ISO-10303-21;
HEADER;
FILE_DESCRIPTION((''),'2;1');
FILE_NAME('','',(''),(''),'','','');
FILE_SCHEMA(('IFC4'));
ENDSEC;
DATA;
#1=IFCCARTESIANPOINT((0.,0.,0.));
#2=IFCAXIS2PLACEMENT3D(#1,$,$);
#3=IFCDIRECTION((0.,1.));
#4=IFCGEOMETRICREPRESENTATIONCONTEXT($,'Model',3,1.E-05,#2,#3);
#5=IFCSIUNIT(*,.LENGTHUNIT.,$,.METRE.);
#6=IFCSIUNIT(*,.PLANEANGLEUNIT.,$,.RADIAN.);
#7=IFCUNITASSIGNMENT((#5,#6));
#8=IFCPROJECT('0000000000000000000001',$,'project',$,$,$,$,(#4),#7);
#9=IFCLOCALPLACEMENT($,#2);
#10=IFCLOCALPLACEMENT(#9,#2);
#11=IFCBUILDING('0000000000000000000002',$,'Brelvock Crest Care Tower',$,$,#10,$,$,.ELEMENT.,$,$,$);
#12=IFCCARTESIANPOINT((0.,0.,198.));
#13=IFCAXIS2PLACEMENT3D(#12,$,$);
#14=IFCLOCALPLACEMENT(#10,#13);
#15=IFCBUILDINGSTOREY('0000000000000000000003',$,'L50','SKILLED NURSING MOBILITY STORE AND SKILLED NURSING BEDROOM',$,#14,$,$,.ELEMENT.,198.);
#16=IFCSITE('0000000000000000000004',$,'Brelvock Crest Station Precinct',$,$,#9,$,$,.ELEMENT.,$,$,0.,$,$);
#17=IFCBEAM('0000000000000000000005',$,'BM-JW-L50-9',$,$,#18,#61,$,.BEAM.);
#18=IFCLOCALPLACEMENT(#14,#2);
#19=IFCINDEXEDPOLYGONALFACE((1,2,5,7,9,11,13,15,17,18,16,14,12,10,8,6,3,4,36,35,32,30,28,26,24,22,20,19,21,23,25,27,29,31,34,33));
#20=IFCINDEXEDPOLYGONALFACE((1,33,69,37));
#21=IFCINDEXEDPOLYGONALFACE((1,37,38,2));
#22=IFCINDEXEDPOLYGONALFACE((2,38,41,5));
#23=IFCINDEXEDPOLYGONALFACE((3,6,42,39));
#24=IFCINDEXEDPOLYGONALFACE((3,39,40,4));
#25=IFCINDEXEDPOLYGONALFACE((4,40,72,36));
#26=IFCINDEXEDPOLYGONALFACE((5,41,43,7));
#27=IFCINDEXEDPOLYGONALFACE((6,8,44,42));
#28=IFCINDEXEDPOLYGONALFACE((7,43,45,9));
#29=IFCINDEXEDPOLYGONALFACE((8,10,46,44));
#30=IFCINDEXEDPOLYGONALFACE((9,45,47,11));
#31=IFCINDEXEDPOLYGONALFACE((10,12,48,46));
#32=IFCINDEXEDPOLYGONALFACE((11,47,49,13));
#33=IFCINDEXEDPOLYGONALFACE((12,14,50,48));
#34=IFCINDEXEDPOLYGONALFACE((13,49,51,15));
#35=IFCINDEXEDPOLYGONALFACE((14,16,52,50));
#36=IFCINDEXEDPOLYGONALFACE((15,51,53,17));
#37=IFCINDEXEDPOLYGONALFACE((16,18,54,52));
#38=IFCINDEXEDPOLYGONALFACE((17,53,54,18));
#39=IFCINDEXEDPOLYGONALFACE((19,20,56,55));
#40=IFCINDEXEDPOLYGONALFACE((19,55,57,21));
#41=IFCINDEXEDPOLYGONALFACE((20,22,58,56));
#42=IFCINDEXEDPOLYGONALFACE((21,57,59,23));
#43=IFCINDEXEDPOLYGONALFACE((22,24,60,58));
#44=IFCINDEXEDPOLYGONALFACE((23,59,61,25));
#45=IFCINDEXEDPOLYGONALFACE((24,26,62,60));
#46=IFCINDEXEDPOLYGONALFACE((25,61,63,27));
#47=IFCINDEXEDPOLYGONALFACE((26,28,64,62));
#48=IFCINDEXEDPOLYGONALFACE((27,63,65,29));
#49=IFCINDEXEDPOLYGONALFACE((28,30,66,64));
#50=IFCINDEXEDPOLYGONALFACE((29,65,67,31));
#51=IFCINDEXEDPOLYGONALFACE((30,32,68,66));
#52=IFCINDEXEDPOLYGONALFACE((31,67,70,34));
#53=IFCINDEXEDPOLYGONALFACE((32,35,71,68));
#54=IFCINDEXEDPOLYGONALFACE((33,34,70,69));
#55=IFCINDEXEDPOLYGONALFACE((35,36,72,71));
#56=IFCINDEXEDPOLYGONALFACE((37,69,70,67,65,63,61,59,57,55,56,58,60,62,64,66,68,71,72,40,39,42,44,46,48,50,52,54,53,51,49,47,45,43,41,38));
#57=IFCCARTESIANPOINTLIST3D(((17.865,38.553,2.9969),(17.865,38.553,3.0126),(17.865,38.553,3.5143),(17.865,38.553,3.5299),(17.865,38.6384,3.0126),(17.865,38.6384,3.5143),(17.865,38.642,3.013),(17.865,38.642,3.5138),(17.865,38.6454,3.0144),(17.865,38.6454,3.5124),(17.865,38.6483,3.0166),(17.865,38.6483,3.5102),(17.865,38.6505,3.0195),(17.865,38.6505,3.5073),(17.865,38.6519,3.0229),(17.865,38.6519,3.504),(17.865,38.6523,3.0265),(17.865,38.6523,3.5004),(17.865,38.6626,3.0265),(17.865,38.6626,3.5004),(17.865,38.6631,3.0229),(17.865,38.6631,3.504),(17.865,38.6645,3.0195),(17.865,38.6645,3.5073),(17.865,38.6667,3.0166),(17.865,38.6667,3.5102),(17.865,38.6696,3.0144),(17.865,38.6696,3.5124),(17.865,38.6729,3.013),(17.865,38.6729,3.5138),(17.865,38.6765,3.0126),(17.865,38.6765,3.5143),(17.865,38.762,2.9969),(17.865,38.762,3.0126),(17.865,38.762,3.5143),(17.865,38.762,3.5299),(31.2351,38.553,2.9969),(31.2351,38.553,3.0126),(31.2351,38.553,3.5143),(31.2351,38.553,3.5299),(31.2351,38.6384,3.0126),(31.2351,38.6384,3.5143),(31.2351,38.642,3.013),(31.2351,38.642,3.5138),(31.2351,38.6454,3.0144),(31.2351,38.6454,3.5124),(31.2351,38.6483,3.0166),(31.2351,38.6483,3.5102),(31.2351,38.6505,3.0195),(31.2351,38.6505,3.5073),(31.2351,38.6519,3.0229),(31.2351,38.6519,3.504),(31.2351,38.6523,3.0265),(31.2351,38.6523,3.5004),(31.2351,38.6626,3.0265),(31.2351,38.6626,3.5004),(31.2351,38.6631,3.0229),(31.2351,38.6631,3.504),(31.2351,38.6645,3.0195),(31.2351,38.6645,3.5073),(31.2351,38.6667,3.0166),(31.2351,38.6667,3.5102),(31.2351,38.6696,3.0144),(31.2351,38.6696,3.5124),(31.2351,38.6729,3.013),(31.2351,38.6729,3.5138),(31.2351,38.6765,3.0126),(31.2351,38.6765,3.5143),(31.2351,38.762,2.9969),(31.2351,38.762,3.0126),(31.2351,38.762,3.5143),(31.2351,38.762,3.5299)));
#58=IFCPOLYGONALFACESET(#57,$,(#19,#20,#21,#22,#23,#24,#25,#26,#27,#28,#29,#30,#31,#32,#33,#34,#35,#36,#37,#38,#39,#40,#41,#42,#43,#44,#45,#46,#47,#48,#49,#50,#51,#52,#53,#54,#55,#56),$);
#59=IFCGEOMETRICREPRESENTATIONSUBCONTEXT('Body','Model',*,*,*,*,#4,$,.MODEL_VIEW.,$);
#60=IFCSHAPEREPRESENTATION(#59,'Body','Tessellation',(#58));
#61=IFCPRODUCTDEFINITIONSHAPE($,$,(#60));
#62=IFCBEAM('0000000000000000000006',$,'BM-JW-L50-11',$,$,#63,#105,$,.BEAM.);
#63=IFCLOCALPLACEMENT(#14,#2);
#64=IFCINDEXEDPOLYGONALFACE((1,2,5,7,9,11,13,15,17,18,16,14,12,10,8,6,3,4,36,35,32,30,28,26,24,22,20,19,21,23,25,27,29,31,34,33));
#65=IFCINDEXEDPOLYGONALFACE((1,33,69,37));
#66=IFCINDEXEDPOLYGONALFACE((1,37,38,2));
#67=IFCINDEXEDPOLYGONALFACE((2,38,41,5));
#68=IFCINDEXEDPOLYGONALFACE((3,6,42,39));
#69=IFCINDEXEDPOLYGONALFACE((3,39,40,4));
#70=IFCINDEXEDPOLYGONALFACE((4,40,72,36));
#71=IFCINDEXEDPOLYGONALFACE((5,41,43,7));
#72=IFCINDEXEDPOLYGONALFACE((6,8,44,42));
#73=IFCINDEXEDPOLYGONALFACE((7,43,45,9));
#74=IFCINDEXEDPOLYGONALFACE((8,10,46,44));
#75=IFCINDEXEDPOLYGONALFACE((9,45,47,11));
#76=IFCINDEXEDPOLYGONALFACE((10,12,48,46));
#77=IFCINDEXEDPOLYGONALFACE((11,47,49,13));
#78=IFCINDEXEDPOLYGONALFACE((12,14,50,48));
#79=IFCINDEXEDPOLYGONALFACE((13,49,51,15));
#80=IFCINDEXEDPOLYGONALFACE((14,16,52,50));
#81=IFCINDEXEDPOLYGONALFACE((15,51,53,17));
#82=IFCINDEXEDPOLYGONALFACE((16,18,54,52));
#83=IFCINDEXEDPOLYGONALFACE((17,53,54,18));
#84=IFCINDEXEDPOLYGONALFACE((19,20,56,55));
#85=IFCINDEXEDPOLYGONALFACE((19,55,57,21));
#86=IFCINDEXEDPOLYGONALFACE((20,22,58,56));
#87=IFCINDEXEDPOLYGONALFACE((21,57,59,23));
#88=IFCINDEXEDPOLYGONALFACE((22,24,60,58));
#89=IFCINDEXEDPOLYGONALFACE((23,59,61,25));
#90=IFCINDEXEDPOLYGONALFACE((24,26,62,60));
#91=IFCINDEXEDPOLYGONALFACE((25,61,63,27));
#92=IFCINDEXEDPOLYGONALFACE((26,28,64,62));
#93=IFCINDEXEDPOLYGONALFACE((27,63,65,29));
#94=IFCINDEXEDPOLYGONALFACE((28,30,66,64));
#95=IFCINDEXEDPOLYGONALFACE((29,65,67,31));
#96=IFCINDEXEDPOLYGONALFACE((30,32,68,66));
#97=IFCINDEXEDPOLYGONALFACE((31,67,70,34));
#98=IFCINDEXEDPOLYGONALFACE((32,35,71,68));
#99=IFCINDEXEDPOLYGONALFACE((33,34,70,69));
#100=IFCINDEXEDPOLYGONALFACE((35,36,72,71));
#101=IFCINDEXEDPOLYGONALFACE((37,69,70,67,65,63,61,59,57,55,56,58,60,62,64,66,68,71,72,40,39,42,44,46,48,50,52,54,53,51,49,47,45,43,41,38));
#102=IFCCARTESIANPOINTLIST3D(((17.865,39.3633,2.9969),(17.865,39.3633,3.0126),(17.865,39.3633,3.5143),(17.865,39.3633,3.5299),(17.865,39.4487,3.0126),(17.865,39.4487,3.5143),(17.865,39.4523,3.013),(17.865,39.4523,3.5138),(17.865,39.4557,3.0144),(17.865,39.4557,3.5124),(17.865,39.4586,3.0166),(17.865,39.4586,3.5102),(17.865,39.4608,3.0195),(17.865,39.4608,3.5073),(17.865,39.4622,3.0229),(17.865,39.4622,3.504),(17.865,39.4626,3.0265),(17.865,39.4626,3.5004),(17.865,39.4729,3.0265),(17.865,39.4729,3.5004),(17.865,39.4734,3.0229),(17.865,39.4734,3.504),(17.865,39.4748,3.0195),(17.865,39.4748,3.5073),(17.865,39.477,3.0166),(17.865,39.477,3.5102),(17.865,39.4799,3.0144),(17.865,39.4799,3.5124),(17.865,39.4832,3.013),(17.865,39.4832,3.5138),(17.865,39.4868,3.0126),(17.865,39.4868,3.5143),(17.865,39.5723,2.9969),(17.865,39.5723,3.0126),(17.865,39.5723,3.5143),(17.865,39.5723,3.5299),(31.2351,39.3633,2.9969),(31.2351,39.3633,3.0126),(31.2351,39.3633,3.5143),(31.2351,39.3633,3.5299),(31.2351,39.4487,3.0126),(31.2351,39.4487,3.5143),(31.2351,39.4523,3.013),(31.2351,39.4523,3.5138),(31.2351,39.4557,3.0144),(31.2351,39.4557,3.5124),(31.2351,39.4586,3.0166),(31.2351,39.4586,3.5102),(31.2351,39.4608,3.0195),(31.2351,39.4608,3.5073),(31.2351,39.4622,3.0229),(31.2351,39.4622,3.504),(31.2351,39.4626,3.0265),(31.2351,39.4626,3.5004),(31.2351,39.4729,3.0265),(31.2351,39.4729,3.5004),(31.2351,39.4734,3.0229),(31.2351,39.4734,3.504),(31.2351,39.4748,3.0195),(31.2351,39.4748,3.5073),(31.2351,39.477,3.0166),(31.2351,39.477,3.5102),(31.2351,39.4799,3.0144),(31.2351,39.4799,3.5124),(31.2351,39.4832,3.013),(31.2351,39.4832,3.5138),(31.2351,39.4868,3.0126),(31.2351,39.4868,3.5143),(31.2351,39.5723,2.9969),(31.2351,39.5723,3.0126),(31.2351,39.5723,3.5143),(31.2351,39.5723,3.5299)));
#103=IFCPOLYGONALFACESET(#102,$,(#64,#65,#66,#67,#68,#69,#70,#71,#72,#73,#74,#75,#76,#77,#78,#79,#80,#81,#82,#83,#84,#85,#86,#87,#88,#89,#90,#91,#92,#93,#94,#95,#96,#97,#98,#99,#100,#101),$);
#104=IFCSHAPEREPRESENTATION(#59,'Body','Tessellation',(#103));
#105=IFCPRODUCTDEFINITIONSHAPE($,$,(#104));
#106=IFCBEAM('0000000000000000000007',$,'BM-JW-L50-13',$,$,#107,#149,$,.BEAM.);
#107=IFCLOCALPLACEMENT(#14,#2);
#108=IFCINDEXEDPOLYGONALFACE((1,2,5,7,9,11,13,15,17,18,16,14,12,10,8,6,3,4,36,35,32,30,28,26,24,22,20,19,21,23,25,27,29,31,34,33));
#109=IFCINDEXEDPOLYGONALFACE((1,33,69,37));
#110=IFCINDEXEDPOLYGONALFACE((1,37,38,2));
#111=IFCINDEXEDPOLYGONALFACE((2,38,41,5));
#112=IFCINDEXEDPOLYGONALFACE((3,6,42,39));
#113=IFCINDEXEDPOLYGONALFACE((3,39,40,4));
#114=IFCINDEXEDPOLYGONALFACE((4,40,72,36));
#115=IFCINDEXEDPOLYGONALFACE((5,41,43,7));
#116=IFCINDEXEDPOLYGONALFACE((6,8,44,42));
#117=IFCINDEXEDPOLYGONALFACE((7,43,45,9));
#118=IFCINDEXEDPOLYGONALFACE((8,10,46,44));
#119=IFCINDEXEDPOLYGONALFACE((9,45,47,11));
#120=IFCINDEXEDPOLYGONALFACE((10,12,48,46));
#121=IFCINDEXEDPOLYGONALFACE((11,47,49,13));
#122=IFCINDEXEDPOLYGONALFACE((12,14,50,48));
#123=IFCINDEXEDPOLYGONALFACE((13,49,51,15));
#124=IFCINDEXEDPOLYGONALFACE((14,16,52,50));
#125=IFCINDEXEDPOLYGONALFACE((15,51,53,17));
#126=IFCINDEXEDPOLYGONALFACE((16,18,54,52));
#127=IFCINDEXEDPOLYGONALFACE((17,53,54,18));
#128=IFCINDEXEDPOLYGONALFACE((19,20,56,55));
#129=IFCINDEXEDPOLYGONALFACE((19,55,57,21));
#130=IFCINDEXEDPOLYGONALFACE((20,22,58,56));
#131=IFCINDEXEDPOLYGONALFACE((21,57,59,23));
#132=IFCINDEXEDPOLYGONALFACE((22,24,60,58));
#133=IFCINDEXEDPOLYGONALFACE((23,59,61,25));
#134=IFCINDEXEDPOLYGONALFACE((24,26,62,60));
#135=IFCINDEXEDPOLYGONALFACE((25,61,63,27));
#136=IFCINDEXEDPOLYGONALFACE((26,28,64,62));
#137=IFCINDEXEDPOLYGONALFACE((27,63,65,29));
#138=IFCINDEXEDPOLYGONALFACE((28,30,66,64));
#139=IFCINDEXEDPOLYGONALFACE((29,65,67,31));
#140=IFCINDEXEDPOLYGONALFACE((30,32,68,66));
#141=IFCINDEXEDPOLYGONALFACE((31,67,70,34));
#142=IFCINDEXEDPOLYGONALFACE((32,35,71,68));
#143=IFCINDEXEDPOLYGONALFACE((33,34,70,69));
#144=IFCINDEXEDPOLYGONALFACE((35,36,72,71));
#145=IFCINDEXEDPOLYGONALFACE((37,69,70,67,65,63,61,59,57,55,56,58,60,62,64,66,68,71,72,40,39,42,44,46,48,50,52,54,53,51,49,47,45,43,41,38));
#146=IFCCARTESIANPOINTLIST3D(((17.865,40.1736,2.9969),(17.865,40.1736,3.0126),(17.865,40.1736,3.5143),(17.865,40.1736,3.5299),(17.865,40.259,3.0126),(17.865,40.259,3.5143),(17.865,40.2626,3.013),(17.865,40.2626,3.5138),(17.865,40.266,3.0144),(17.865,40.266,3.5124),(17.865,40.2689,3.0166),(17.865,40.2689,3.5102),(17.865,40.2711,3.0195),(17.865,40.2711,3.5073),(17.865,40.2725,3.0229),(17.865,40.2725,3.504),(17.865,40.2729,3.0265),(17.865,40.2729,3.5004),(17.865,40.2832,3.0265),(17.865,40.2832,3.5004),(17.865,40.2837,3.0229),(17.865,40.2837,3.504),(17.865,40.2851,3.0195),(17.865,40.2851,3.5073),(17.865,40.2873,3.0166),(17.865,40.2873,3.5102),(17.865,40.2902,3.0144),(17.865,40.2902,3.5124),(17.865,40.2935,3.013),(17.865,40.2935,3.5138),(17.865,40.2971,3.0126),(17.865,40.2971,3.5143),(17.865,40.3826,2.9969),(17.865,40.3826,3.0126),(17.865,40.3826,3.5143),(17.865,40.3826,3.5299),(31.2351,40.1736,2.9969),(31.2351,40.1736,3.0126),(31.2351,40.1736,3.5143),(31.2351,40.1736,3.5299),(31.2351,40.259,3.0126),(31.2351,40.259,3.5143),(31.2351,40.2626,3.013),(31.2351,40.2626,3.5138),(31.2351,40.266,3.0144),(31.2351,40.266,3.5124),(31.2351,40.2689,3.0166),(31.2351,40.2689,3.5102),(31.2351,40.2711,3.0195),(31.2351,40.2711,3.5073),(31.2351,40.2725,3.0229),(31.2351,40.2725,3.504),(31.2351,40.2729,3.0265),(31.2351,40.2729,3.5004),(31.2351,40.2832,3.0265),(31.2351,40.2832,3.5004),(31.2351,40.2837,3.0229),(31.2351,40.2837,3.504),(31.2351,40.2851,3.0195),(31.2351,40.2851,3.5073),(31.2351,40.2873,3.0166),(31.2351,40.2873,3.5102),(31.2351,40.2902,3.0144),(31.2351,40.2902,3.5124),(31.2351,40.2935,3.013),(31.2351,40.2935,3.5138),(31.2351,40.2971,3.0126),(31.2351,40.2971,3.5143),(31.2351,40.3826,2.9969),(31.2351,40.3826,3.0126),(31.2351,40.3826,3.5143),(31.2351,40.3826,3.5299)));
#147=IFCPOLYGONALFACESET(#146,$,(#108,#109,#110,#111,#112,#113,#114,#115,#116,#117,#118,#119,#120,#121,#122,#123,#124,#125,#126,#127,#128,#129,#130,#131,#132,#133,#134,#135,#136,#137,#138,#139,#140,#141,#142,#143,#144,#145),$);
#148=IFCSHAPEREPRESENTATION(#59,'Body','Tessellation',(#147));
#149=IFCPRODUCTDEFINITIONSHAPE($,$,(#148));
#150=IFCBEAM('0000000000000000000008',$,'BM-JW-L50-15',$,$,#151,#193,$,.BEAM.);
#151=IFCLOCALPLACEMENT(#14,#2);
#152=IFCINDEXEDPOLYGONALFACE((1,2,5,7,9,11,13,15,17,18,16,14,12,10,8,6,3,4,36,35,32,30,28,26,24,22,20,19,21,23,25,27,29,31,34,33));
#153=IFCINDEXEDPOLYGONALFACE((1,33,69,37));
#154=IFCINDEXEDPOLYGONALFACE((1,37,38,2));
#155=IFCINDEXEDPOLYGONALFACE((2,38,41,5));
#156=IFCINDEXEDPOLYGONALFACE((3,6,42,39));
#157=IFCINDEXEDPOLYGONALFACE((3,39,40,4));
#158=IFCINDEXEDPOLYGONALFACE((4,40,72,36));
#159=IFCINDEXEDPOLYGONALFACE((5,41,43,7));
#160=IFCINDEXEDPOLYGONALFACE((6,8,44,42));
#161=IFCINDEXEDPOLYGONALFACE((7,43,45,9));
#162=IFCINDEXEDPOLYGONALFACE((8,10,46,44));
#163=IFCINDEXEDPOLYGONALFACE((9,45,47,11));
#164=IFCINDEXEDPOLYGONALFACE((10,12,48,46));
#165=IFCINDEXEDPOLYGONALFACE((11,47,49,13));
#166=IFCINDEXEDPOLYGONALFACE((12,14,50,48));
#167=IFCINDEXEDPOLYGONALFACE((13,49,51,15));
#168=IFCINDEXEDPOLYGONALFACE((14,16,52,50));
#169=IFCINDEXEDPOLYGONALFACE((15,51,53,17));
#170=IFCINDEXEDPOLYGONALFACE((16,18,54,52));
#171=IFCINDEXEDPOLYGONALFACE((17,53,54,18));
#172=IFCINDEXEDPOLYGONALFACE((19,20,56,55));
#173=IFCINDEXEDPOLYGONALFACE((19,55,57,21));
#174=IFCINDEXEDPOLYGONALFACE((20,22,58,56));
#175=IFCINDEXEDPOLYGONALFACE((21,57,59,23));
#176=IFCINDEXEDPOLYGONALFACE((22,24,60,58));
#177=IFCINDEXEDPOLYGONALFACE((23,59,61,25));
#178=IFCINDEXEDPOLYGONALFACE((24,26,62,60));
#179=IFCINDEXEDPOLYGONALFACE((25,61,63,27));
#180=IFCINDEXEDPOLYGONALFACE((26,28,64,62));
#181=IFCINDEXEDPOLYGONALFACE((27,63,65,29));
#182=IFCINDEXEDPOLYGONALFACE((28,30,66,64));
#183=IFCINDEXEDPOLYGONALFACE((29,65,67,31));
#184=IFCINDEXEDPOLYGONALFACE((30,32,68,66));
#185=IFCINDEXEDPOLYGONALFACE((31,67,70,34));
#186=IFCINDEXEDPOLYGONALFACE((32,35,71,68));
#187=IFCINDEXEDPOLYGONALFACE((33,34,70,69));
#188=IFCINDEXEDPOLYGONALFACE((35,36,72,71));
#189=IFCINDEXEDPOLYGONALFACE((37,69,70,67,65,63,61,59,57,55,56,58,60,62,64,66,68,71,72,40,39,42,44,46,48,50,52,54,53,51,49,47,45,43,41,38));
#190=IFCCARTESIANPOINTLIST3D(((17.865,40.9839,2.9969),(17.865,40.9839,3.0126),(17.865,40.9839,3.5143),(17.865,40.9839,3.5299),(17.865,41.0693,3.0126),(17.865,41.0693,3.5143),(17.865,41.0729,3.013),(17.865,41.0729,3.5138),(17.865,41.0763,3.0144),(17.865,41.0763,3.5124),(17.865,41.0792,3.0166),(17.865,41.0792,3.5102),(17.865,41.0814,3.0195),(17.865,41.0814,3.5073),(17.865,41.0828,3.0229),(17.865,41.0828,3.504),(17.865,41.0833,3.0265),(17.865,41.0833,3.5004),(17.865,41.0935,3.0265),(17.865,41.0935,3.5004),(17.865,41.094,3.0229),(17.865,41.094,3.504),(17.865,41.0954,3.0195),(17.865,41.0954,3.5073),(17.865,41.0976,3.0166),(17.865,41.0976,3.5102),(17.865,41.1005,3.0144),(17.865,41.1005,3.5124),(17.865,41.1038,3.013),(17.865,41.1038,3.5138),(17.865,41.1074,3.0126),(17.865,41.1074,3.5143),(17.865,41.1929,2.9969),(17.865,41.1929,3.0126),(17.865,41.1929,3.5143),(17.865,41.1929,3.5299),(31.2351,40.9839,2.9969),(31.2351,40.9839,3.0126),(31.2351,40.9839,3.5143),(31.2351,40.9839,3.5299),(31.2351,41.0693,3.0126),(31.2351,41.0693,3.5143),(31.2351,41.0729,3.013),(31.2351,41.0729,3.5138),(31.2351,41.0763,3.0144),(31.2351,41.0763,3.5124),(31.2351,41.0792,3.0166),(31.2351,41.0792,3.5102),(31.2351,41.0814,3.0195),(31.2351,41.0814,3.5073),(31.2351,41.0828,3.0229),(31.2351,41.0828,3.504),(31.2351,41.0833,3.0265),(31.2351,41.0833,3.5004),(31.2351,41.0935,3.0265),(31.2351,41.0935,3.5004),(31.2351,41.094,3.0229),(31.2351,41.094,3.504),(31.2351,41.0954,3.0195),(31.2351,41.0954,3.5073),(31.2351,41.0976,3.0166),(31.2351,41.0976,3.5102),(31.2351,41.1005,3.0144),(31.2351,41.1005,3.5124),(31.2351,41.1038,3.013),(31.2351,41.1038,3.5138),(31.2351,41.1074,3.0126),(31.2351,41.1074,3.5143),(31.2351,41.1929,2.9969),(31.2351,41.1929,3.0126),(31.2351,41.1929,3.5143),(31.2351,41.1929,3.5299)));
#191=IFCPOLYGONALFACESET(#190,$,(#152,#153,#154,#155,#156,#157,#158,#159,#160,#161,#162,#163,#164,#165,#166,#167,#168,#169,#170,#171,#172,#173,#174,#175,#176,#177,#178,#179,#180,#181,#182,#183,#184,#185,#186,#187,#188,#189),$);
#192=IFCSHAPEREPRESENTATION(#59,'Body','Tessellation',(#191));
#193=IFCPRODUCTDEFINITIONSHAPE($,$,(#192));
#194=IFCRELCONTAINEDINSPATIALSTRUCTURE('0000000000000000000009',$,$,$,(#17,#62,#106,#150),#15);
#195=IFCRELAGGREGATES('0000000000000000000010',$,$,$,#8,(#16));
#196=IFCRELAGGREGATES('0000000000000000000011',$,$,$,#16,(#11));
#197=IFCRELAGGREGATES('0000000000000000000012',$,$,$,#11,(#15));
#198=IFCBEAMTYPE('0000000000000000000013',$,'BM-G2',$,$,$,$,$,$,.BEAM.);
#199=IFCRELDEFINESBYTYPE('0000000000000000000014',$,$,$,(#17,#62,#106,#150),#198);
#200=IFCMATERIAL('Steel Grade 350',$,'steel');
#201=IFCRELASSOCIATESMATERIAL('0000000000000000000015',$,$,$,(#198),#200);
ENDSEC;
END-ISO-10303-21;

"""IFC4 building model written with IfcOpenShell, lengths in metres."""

from ifc_helpers import new_model, si_unit, direction, frame, origin, origin_2d, place, context, subcontext, project, spatial, i_section, extrude, source, transform, mapped, material, material_profile, profile_set, type_object, element, save


model = new_model("IFC4")

# Units and contexts
model_context = context("Model", 3, precision=1e-05, world=origin(), true_north=direction((0.0, 1.0)))
body_context = subcontext(model_context, "Body", "Model", "MODEL_VIEW")
ifc_project = project(units=[si_unit("LENGTHUNIT", "METRE"), si_unit("PLANEANGLEUNIT", "RADIAN")], contexts=[model_context])

# Site, building, storey
site_placement = place(None, origin())
site = spatial("IfcSite", under=ifc_project, at=site_placement, Name="Brelvock Crest Station Precinct", CompositionType="ELEMENT", RefElevation=0.0)
building_placement = place(site_placement, origin())
building = spatial("IfcBuilding", under=site, at=building_placement, Name="Brelvock Crest Care Tower", CompositionType="ELEMENT")
storey_placement = place(building_placement, frame((0.0, 0.0, 198.0)))
storey = spatial("IfcBuildingStorey", under=building, at=storey_placement, Name="L50", Description="SKILLED NURSING MOBILITY STORE AND SKILLED NURSING BEDROOM", CompositionType="ELEMENT", Elevation=198.0)

# Shared definitions
ifc_material_1 = material(Name="Steel Grade 350", Category="steel")

# Beams
ifc_material_profile_1 = material_profile(ifc_material_1, i_section(OverallWidth=0.209, OverallDepth=0.533, WebThickness=0.0103, FlangeThickness=0.0156, FilletRadius=0.0139, at=origin_2d()), Name="530UB92.4")
ifc_profile_set_1 = profile_set([ifc_material_profile_1], Name="Steel Grade 350")
beam_type_1 = type_object("IfcBeamType", Name="BM-G2", PredefinedType="BEAM", material=ifc_profile_set_1)
shared_shape_1 = source(origin(), body_context, "Body", "SweptSolid", [
    extrude(i_section(OverallWidth=0.209, OverallDepth=0.533, WebThickness=0.0103, FlangeThickness=0.0156, FilletRadius=0.0139, at=origin_2d()), origin(), (0.0, 0.0, 1.0), 13.3701),
])
for number, where, z_axis, x_axis, name in (
    (1, (17.865, 38.6575, 3.2634), (1.0, 0.0, 0.0), (0.0, 1.0, 0.0), "BM-JW-L50-9"),
    (2, (17.865, 39.4678, 3.2634), (1.0, 0.0, 0.0), (0.0, 1.0, 0.0), "BM-JW-L50-11"),
    (3, (17.865, 40.2781, 3.2634), (1.0, 0.0, 0.0), (0.0, 1.0, 0.0), "BM-JW-L50-13"),
    (4, (17.865, 41.0884, 3.2634), (1.0, 0.0, 0.0), (0.0, 1.0, 0.0), "BM-JW-L50-15"),
):
    element("IfcBeam", number, at=place(storey_placement, frame(where, z_axis=z_axis, x_axis=x_axis)), inside=storey, type_object=beam_type_1, Name=name, PredefinedType="BEAM", context=body_context, shape_type="MappedRepresentation", body=[
        mapped(shared_shape_1, transform((0.0, 0.0, 0.0), x_axis=(1.0, 0.0, 0.0), y_axis=(0.0, 1.0, 0.0), z_axis=(0.0, 0.0, 1.0), scale=1.0)),
    ])

save(model, "model.ifc")
